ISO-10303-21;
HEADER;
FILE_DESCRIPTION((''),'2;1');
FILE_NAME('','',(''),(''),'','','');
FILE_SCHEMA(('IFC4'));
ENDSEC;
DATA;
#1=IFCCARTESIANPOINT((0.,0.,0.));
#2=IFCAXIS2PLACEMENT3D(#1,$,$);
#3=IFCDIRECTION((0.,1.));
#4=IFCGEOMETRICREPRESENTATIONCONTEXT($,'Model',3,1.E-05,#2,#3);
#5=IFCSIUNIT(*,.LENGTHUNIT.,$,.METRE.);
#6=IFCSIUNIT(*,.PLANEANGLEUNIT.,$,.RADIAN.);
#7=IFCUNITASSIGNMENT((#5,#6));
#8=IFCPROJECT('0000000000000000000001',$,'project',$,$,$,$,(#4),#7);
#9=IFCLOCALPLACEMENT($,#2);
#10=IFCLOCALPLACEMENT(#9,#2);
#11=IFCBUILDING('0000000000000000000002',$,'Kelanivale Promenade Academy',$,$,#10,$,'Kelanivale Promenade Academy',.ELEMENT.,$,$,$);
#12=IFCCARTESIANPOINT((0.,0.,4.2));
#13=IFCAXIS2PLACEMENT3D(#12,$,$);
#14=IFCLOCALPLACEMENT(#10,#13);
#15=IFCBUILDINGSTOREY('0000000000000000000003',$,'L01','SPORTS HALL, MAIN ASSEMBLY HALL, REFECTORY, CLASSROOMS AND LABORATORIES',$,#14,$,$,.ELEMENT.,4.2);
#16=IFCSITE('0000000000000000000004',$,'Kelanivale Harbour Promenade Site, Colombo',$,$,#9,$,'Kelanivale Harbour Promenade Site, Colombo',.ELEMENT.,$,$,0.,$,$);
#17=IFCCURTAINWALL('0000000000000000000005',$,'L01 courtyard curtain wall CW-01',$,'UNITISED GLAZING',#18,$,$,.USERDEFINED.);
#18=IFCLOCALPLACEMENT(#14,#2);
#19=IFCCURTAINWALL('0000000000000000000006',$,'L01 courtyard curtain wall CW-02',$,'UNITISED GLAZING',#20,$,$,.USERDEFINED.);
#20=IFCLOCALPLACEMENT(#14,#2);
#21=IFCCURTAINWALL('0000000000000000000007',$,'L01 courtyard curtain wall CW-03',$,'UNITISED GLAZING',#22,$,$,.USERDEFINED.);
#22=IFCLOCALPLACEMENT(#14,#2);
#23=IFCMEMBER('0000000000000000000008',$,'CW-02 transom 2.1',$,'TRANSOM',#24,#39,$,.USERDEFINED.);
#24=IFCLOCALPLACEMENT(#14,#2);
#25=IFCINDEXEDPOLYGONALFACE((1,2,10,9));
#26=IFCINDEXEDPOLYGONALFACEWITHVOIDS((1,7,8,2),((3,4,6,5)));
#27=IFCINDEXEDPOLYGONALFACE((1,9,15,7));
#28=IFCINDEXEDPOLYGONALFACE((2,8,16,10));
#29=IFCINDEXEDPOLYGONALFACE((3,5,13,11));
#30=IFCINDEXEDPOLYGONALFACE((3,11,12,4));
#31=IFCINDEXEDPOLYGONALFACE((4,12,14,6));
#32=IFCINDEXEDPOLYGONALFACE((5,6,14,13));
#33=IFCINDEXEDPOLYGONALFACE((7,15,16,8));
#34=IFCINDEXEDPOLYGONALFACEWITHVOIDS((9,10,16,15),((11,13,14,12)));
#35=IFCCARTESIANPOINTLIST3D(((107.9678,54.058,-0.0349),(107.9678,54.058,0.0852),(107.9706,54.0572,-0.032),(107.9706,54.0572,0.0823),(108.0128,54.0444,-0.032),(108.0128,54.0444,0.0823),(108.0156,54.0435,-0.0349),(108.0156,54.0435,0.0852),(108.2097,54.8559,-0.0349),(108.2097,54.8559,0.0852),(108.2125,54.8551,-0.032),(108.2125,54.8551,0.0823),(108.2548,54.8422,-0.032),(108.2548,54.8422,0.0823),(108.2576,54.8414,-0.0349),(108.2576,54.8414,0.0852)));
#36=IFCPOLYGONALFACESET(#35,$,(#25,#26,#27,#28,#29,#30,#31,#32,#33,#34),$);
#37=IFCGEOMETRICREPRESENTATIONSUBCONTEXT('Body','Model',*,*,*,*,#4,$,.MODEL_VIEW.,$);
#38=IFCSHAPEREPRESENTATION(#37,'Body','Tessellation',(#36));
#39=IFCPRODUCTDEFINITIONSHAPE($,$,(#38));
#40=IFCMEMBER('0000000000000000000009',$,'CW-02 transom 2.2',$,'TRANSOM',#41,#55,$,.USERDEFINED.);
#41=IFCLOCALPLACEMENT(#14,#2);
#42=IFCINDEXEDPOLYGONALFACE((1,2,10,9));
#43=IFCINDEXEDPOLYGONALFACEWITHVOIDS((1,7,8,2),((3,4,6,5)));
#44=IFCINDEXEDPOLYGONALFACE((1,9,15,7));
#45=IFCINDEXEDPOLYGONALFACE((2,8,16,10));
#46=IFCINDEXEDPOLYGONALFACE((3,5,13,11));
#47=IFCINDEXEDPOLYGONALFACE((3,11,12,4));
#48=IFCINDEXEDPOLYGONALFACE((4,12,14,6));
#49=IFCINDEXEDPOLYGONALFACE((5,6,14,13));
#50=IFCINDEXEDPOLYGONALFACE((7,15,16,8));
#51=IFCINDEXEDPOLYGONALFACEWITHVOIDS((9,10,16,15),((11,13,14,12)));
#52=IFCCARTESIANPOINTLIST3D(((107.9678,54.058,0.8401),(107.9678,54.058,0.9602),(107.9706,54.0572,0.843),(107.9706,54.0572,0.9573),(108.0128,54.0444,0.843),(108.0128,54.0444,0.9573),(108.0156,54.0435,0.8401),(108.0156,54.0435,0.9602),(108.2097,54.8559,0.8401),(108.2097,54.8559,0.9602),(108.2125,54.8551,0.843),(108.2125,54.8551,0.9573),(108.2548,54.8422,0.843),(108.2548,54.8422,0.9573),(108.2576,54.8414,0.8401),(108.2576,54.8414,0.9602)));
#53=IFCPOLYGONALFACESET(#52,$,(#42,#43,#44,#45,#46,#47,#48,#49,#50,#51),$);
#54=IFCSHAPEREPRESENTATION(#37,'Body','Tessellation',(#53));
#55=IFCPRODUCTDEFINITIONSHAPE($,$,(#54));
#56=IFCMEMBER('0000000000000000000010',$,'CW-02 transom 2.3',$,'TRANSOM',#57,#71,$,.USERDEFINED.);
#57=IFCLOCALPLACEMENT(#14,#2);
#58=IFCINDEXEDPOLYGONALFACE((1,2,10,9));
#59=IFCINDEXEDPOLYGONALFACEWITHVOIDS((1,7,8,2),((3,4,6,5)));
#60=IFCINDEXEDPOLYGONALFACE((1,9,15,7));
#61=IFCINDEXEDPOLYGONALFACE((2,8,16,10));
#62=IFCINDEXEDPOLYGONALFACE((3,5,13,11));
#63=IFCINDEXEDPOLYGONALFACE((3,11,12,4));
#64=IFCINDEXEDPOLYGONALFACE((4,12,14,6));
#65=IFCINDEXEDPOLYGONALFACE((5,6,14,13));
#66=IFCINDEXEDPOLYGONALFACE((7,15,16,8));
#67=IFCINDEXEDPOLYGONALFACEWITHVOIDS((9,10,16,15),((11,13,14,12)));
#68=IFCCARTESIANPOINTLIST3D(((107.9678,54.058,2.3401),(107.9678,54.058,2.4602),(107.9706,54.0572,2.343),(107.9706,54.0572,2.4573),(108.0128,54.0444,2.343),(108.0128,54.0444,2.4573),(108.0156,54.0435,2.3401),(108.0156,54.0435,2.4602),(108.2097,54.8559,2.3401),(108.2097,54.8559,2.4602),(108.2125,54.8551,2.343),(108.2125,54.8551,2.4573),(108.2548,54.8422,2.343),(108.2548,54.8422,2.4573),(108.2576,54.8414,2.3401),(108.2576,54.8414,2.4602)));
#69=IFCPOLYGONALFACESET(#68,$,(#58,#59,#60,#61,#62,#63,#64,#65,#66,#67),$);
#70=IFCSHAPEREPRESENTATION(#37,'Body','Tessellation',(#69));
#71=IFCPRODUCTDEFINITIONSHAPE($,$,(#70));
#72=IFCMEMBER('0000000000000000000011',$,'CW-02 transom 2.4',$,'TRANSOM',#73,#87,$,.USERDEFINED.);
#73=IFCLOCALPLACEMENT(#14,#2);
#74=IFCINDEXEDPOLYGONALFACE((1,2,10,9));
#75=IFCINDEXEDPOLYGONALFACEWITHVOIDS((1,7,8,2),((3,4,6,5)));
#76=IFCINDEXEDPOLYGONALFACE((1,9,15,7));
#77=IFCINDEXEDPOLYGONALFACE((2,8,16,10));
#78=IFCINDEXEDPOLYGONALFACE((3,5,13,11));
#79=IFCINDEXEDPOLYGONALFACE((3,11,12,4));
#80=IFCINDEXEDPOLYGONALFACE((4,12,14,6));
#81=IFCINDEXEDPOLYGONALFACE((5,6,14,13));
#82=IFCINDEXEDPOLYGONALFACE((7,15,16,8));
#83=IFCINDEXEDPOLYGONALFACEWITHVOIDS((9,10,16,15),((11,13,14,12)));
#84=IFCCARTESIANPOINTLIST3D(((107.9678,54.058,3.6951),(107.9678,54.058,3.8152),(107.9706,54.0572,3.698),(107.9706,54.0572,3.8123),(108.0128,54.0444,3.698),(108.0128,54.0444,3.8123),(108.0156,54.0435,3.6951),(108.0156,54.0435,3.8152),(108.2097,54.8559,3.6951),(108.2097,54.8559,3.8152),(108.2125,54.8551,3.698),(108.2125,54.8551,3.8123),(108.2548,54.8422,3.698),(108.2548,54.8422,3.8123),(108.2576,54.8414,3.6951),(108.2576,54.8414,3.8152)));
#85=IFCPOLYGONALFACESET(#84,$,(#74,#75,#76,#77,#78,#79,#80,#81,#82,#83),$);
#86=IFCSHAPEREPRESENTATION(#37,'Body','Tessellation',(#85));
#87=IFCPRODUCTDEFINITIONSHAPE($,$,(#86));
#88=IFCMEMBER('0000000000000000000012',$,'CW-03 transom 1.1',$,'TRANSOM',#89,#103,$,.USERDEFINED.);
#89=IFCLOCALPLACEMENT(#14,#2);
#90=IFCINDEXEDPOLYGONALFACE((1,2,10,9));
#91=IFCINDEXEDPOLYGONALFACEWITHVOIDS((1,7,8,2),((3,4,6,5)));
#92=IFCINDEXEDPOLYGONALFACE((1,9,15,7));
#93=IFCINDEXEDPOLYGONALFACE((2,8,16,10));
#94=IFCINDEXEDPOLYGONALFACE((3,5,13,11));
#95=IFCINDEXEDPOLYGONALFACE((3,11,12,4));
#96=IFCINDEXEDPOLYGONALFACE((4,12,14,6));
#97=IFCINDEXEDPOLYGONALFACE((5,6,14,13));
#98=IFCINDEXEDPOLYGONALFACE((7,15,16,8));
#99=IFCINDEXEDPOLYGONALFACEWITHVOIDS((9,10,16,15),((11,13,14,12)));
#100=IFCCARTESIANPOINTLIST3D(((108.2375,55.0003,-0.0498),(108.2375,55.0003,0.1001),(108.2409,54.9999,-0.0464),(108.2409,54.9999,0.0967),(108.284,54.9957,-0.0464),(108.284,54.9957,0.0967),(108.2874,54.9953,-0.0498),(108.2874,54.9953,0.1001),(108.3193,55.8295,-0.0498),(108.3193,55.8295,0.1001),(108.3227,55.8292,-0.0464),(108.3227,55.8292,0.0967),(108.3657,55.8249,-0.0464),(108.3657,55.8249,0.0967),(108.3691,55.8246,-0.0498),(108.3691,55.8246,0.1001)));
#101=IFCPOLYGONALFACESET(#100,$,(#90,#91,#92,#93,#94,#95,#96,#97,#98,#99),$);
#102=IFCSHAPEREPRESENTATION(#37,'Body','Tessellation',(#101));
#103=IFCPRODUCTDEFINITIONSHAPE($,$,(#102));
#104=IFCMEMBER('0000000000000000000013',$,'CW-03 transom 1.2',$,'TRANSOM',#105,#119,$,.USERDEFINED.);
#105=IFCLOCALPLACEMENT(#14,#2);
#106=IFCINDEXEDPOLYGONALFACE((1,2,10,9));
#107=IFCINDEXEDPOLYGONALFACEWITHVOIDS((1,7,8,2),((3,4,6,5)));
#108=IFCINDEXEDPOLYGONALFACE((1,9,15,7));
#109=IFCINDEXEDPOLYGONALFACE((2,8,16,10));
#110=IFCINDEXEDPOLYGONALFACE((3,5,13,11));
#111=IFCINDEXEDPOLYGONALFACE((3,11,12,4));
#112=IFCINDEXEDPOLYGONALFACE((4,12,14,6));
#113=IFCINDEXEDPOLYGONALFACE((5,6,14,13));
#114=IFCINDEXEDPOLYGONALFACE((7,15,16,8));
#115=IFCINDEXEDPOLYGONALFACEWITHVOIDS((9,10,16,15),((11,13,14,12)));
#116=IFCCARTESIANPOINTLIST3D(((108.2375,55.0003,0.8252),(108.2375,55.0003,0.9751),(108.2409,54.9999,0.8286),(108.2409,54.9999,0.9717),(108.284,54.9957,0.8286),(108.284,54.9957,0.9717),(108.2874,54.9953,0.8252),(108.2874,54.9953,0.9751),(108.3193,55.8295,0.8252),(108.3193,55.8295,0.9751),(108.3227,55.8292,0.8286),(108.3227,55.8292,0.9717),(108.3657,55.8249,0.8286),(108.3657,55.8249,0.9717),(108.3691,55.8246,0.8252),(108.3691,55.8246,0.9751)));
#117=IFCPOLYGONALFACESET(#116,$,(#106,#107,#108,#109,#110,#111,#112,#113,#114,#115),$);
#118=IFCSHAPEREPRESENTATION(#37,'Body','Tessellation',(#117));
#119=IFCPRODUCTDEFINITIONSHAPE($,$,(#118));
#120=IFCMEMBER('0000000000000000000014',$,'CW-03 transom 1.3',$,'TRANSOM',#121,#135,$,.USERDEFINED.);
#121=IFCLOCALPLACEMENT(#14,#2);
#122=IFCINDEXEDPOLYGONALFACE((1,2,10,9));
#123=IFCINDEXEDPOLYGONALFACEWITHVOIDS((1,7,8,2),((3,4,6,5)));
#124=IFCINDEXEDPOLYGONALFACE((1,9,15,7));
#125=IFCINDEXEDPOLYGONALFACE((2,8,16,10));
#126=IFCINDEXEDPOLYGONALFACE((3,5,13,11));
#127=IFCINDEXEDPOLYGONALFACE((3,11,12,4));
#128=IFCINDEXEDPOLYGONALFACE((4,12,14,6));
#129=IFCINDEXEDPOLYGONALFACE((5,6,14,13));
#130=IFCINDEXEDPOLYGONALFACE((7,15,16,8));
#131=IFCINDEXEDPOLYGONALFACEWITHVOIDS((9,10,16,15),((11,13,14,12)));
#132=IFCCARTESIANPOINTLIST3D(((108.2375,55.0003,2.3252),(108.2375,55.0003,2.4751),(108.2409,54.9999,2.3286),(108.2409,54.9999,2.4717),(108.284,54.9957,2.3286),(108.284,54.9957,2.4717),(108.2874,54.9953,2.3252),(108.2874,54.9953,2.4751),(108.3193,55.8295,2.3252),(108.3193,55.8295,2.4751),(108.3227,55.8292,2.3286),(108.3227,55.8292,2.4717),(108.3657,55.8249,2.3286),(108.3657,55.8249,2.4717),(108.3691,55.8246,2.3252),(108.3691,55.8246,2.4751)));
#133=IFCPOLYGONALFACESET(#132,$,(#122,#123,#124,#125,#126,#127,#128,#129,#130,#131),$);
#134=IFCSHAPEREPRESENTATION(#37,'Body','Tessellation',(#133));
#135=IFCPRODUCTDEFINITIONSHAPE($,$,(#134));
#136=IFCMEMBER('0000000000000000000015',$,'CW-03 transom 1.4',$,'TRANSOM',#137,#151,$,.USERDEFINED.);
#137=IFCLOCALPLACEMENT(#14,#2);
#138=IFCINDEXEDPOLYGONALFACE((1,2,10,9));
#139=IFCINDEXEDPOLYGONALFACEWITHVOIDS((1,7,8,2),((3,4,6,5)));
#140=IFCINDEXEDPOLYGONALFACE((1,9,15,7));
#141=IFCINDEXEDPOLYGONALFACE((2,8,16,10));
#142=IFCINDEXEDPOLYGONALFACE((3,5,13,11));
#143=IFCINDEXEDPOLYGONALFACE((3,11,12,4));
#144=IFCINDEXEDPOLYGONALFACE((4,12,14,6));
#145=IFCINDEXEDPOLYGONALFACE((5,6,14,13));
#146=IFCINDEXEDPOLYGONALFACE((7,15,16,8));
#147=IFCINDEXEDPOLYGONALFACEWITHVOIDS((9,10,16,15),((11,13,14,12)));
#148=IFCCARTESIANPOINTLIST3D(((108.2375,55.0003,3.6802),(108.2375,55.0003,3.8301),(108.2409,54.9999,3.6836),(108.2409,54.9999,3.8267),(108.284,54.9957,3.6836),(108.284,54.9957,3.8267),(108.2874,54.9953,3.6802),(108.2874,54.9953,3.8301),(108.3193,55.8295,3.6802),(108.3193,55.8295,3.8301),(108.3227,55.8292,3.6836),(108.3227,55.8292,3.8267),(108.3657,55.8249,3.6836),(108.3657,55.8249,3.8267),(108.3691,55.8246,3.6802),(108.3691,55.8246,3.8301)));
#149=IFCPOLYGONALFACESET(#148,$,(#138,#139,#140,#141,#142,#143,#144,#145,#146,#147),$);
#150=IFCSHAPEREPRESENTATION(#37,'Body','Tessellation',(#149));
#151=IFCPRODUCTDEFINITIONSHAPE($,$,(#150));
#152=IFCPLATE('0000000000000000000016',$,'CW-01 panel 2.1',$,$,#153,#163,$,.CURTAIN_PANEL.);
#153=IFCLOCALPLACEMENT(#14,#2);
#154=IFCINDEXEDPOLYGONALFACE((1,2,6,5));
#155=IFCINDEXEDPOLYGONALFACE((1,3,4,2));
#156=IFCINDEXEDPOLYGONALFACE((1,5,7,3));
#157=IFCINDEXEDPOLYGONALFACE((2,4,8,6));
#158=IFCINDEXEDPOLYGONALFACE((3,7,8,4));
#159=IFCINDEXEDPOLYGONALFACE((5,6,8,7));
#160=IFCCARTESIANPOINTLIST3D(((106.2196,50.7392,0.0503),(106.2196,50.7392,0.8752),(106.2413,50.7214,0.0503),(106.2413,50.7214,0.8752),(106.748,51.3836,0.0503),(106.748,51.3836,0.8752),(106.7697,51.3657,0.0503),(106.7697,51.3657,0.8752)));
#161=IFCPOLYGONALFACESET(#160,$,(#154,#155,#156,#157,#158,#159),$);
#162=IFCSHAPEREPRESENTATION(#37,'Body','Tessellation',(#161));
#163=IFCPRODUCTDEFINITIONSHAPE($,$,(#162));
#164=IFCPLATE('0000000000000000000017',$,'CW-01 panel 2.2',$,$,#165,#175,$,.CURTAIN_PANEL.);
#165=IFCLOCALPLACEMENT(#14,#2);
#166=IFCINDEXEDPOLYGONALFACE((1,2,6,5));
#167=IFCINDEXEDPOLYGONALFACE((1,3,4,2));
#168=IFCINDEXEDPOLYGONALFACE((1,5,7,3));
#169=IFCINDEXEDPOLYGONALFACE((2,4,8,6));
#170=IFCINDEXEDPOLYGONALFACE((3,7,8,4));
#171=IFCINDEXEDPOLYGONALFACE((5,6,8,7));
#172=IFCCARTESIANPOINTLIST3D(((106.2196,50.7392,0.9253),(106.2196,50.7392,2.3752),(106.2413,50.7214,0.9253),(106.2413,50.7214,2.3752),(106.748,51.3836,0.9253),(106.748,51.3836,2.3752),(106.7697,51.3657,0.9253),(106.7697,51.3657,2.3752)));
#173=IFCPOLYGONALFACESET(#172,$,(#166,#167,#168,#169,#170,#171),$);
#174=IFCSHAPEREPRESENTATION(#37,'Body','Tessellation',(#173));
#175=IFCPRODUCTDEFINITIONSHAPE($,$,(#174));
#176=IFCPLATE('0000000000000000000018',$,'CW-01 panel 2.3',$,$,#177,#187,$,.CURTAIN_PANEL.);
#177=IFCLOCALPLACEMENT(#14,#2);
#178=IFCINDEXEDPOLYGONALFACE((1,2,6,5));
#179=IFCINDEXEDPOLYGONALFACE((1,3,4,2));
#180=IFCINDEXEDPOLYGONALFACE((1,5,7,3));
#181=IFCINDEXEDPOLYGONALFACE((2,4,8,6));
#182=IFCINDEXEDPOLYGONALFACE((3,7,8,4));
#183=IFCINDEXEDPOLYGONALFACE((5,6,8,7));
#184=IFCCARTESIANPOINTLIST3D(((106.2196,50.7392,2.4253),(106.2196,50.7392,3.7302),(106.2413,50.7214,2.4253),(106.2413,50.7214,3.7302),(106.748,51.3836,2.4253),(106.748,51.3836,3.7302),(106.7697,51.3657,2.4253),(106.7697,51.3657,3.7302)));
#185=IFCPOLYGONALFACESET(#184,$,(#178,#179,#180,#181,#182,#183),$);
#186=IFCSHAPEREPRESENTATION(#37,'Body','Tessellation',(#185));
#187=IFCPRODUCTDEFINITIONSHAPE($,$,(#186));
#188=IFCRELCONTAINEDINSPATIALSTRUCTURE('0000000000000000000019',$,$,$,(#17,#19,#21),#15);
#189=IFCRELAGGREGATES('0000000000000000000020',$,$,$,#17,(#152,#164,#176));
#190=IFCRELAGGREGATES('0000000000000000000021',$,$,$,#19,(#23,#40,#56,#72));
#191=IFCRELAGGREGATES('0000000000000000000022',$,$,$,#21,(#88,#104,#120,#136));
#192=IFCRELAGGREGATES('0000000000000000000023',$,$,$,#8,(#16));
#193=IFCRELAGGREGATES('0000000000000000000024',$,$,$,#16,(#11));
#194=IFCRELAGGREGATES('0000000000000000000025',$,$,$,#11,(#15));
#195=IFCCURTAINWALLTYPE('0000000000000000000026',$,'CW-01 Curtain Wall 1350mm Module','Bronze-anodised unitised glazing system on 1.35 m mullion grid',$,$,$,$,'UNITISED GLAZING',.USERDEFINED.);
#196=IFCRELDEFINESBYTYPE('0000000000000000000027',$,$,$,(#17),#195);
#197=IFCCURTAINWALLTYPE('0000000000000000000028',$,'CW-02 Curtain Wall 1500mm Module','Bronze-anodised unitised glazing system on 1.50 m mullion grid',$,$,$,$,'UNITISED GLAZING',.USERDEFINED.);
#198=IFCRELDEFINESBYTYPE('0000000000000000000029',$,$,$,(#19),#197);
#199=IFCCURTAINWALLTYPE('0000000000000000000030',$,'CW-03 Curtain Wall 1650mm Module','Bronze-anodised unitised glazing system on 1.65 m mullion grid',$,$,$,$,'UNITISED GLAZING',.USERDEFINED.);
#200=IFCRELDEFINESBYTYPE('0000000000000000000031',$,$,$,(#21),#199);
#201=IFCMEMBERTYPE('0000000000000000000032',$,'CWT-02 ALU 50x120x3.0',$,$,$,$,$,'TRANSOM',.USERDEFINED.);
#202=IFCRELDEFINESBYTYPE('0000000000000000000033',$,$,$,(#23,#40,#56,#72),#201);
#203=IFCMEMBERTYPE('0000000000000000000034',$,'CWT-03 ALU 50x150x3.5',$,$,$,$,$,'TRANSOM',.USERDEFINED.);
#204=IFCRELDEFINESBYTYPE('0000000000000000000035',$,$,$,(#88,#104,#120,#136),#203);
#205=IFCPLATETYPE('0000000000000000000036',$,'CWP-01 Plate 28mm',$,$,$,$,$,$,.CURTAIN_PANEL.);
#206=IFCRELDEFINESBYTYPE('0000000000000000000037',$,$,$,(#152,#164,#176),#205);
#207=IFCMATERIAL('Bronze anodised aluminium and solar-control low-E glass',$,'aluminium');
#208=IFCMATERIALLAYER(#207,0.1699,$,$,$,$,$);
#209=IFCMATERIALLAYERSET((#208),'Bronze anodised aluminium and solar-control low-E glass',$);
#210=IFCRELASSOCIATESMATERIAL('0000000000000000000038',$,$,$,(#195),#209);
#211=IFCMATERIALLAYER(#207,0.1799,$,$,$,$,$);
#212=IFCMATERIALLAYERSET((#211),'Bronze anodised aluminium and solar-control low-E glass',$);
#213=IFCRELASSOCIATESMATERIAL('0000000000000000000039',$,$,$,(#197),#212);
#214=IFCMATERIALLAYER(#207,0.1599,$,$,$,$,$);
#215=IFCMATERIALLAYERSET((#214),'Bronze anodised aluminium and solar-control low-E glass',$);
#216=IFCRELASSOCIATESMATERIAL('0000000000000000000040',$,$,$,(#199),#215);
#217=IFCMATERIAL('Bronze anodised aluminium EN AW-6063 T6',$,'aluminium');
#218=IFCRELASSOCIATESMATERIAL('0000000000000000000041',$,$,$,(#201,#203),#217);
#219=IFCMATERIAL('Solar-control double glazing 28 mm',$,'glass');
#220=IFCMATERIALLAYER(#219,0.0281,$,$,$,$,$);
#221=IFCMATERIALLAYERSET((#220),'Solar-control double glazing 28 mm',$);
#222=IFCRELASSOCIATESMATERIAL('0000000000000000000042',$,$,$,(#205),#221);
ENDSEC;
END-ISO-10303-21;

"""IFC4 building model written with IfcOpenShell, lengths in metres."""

from ifc_helpers import new_model, si_unit, direction, frame, origin, origin_2d, place, context, subcontext, project, spatial, rectangle, hollow_rectangle, extrude, material, layer, layer_set, material_profile, profile_set, type_object, element, aggregate, save


model = new_model("IFC4")

# Units and contexts
model_context = context("Model", 3, precision=1e-05, world=origin(), true_north=direction((0.0, 1.0)))
body_context = subcontext(model_context, "Body", "Model", "MODEL_VIEW")
ifc_project = project(units=[si_unit("LENGTHUNIT", "METRE"), si_unit("PLANEANGLEUNIT", "RADIAN")], contexts=[model_context])

# Site, building, storey
site_placement = place(None, origin())
site = spatial("IfcSite", under=ifc_project, at=site_placement, Name="Kelanivale Harbour Promenade Site, Colombo", LongName="Kelanivale Harbour Promenade Site, Colombo", CompositionType="ELEMENT", RefElevation=0.0)
building_placement = place(site_placement, origin())
building = spatial("IfcBuilding", under=site, at=building_placement, Name="Kelanivale Promenade Academy", LongName="Kelanivale Promenade Academy", CompositionType="ELEMENT")
storey_placement = place(building_placement, frame((0.0, 0.0, 4.2)))
storey = spatial("IfcBuildingStorey", under=building, at=storey_placement, Name="L01", Description="SPORTS HALL, MAIN ASSEMBLY HALL, REFECTORY, CLASSROOMS AND LABORATORIES", CompositionType="ELEMENT", Elevation=4.2)

# Curtain wall
ifc_material_1 = material(Name="Bronze anodised aluminium and solar-control low-E glass", Category="aluminium")
ifc_layer_1 = layer(ifc_material_1, 0.1699)
ifc_layer_set_1 = layer_set([ifc_layer_1], Name="Bronze anodised aluminium and solar-control low-E glass")
curtain_wall_type_1 = type_object("IfcCurtainWallType", Name="CW-01 Curtain Wall 1350mm Module", Description="Bronze-anodised unitised glazing system on 1.35 m mullion grid", ElementType="UNITISED GLAZING", PredefinedType="USERDEFINED", material=ifc_layer_set_1)
curtain_wall_1_placement = place(storey_placement, origin())
curtain_wall_1 = element("IfcCurtainWall", 1, at=curtain_wall_1_placement, inside=storey, type_object=curtain_wall_type_1, Name="L01 courtyard curtain wall CW-01", ObjectType="UNITISED GLAZING", PredefinedType="USERDEFINED")
ifc_material_2 = material(Name="Bronze anodised aluminium EN AW-6063 T6", Category="aluminium")

# Curtain wall
ifc_layer_2 = layer(ifc_material_1, 0.1799)
ifc_layer_set_2 = layer_set([ifc_layer_2], Name="Bronze anodised aluminium and solar-control low-E glass")
curtain_wall_type_2 = type_object("IfcCurtainWallType", Name="CW-02 Curtain Wall 1500mm Module", Description="Bronze-anodised unitised glazing system on 1.50 m mullion grid", ElementType="UNITISED GLAZING", PredefinedType="USERDEFINED", material=ifc_layer_set_2)
curtain_wall_2_placement = place(storey_placement, origin())
curtain_wall_2 = element("IfcCurtainWall", 2, at=curtain_wall_2_placement, inside=storey, type_object=curtain_wall_type_2, Name="L01 courtyard curtain wall CW-02", ObjectType="UNITISED GLAZING", PredefinedType="USERDEFINED")

# Curtain wall
ifc_layer_3 = layer(ifc_material_1, 0.1599)
ifc_layer_set_3 = layer_set([ifc_layer_3], Name="Bronze anodised aluminium and solar-control low-E glass")
curtain_wall_type_3 = type_object("IfcCurtainWallType", Name="CW-03 Curtain Wall 1650mm Module", Description="Bronze-anodised unitised glazing system on 1.65 m mullion grid", ElementType="UNITISED GLAZING", PredefinedType="USERDEFINED", material=ifc_layer_set_3)
curtain_wall_3_placement = place(storey_placement, origin())
curtain_wall_3 = element("IfcCurtainWall", 3, at=curtain_wall_3_placement, inside=storey, type_object=curtain_wall_type_3, Name="L01 courtyard curtain wall CW-03", ObjectType="UNITISED GLAZING", PredefinedType="USERDEFINED")

# Members
ifc_material_profile_1 = material_profile(ifc_material_2, hollow_rectangle(XDim=0.05, YDim=0.1201, WallThickness=0.0029, at=origin_2d()), Name="ALU 50x120x3.0")
ifc_profile_set_1 = profile_set([ifc_material_profile_1], Name="Bronze anodised aluminium EN AW-6063 T6")
member_type_1 = type_object("IfcMemberType", Name="CWT-02 ALU 50x120x3.0", ElementType="TRANSOM", PredefinedType="USERDEFINED", material=ifc_profile_set_1)
member_1_placement = place(storey_placement, frame((107.9917, 54.0508, 0.0251), z_axis=(0.290194, 0.956968, 0.0), x_axis=(-0.956968, 0.290194, 0.0)))
member_1 = element("IfcMember", 4, at=member_1_placement, type_object=member_type_1, Name="CW-02 transom 2.1", ObjectType="TRANSOM", PredefinedType="USERDEFINED", context=body_context, shape_type="SweptSolid", body=[
    extrude(hollow_rectangle(XDim=0.05, YDim=0.1201, WallThickness=0.0029, at=origin_2d()), origin(), (0.0, 0.0, 1.0), 0.8337),
])
member_2_placement = place(storey_placement, frame((107.9917, 54.0508, 0.9001), z_axis=(0.290194, 0.956968, 0.0), x_axis=(-0.956968, 0.290194, 0.0)))
member_2 = element("IfcMember", 5, at=member_2_placement, type_object=member_type_1, Name="CW-02 transom 2.2", ObjectType="TRANSOM", PredefinedType="USERDEFINED", context=body_context, shape_type="SweptSolid", body=[
    extrude(hollow_rectangle(XDim=0.05, YDim=0.1201, WallThickness=0.0029, at=origin_2d()), origin(), (0.0, 0.0, 1.0), 0.8337),
])
member_3_placement = place(storey_placement, frame((107.9917, 54.0508, 2.4001), z_axis=(0.290194, 0.956968, 0.0), x_axis=(-0.956968, 0.290194, 0.0)))
member_3 = element("IfcMember", 6, at=member_3_placement, type_object=member_type_1, Name="CW-02 transom 2.3", ObjectType="TRANSOM", PredefinedType="USERDEFINED", context=body_context, shape_type="SweptSolid", body=[
    extrude(hollow_rectangle(XDim=0.05, YDim=0.1201, WallThickness=0.0029, at=origin_2d()), origin(), (0.0, 0.0, 1.0), 0.8337),
])
member_4_placement = place(storey_placement, frame((107.9917, 54.0508, 3.7551), z_axis=(0.290194, 0.956968, 0.0), x_axis=(-0.956968, 0.290194, 0.0)))
member_4 = element("IfcMember", 7, at=member_4_placement, type_object=member_type_1, Name="CW-02 transom 2.4", ObjectType="TRANSOM", PredefinedType="USERDEFINED", context=body_context, shape_type="SweptSolid", body=[
    extrude(hollow_rectangle(XDim=0.05, YDim=0.1201, WallThickness=0.0029, at=origin_2d()), origin(), (0.0, 0.0, 1.0), 0.8337),
])
ifc_material_profile_2 = material_profile(ifc_material_2, hollow_rectangle(XDim=0.05, YDim=0.1499, WallThickness=0.0034, at=origin_2d()), Name="ALU 50x150x3.5")
ifc_profile_set_2 = profile_set([ifc_material_profile_2], Name="Bronze anodised aluminium EN AW-6063 T6")
member_type_2 = type_object("IfcMemberType", Name="CWT-03 ALU 50x150x3.5", ElementType="TRANSOM", PredefinedType="USERDEFINED", material=ifc_profile_set_2)
member_5_placement = place(storey_placement, frame((108.2625, 54.9978, 0.0251), z_axis=(0.09814, 0.995173, 0.0), x_axis=(-0.995173, 0.09814, 0.0)))
member_5 = element("IfcMember", 8, at=member_5_placement, type_object=member_type_2, Name="CW-03 transom 1.1", ObjectType="TRANSOM", PredefinedType="USERDEFINED", context=body_context, shape_type="SweptSolid", body=[
    extrude(hollow_rectangle(XDim=0.05, YDim=0.1499, WallThickness=0.0034, at=origin_2d()), origin(), (0.0, 0.0, 1.0), 0.8333),
])
member_6_placement = place(storey_placement, frame((108.2625, 54.9978, 0.9001), z_axis=(0.09814, 0.995173, 0.0), x_axis=(-0.995173, 0.09814, 0.0)))
member_6 = element("IfcMember", 9, at=member_6_placement, type_object=member_type_2, Name="CW-03 transom 1.2", ObjectType="TRANSOM", PredefinedType="USERDEFINED", context=body_context, shape_type="SweptSolid", body=[
    extrude(hollow_rectangle(XDim=0.05, YDim=0.1499, WallThickness=0.0034, at=origin_2d()), origin(), (0.0, 0.0, 1.0), 0.8333),
])
member_7_placement = place(storey_placement, frame((108.2625, 54.9978, 2.4001), z_axis=(0.09814, 0.995173, 0.0), x_axis=(-0.995173, 0.09814, 0.0)))
member_7 = element("IfcMember", 10, at=member_7_placement, type_object=member_type_2, Name="CW-03 transom 1.3", ObjectType="TRANSOM", PredefinedType="USERDEFINED", context=body_context, shape_type="SweptSolid", body=[
    extrude(hollow_rectangle(XDim=0.05, YDim=0.1499, WallThickness=0.0034, at=origin_2d()), origin(), (0.0, 0.0, 1.0), 0.8333),
])
member_8_placement = place(storey_placement, frame((108.2625, 54.9978, 3.7551), z_axis=(0.09814, 0.995173, 0.0), x_axis=(-0.995173, 0.09814, 0.0)))
member_8 = element("IfcMember", 11, at=member_8_placement, type_object=member_type_2, Name="CW-03 transom 1.4", ObjectType="TRANSOM", PredefinedType="USERDEFINED", context=body_context, shape_type="SweptSolid", body=[
    extrude(hollow_rectangle(XDim=0.05, YDim=0.1499, WallThickness=0.0034, at=origin_2d()), origin(), (0.0, 0.0, 1.0), 0.8333),
])

# Plates
ifc_material_3 = material(Name="Solar-control double glazing 28 mm", Category="glass")
ifc_layer_4 = layer(ifc_material_3, 0.0281)
ifc_layer_set_4 = layer_set([ifc_layer_4], Name="Solar-control double glazing 28 mm")
plate_type_1 = type_object("IfcPlateType", Name="CWP-01 Plate 28mm", PredefinedType="CURTAIN_PANEL", material=ifc_layer_set_4)
plate_1_placement = place(storey_placement, frame((106.4946, 51.0525, 0.0503), z_axis=(0.0, 0.0, 1.0), x_axis=(0.634093, 0.773257, 0.0)))
plate_1 = element("IfcPlate", 12, at=plate_1_placement, type_object=plate_type_1, Name="CW-01 panel 2.1", PredefinedType="CURTAIN_PANEL", context=body_context, shape_type="SweptSolid", body=[
    extrude(rectangle(XDim=0.8333, YDim=0.0281, at=origin_2d()), origin(), (0.0, 0.0, 1.0), 0.825),
])
plate_2_placement = place(storey_placement, frame((106.4946, 51.0525, 0.9253), z_axis=(0.0, 0.0, 1.0), x_axis=(0.634093, 0.773257, 0.0)))
plate_2 = element("IfcPlate", 13, at=plate_2_placement, type_object=plate_type_1, Name="CW-01 panel 2.2", PredefinedType="CURTAIN_PANEL", context=body_context, shape_type="SweptSolid", body=[
    extrude(rectangle(XDim=0.8333, YDim=0.0281, at=origin_2d()), origin(), (0.0, 0.0, 1.0), 1.45),
])
plate_3_placement = place(storey_placement, frame((106.4946, 51.0525, 2.4253), z_axis=(0.0, 0.0, 1.0), x_axis=(0.634093, 0.773257, 0.0)))
plate_3 = element("IfcPlate", 14, at=plate_3_placement, type_object=plate_type_1, Name="CW-01 panel 2.3", PredefinedType="CURTAIN_PANEL", context=body_context, shape_type="SweptSolid", body=[
    extrude(rectangle(XDim=0.8333, YDim=0.0281, at=origin_2d()), origin(), (0.0, 0.0, 1.0), 1.3049),
])
aggregate(curtain_wall_1, [plate_1, plate_2, plate_3])
aggregate(curtain_wall_2, [member_1, member_2, member_3, member_4])
aggregate(curtain_wall_3, [member_5, member_6, member_7, member_8])

save(model, "model.ifc")
